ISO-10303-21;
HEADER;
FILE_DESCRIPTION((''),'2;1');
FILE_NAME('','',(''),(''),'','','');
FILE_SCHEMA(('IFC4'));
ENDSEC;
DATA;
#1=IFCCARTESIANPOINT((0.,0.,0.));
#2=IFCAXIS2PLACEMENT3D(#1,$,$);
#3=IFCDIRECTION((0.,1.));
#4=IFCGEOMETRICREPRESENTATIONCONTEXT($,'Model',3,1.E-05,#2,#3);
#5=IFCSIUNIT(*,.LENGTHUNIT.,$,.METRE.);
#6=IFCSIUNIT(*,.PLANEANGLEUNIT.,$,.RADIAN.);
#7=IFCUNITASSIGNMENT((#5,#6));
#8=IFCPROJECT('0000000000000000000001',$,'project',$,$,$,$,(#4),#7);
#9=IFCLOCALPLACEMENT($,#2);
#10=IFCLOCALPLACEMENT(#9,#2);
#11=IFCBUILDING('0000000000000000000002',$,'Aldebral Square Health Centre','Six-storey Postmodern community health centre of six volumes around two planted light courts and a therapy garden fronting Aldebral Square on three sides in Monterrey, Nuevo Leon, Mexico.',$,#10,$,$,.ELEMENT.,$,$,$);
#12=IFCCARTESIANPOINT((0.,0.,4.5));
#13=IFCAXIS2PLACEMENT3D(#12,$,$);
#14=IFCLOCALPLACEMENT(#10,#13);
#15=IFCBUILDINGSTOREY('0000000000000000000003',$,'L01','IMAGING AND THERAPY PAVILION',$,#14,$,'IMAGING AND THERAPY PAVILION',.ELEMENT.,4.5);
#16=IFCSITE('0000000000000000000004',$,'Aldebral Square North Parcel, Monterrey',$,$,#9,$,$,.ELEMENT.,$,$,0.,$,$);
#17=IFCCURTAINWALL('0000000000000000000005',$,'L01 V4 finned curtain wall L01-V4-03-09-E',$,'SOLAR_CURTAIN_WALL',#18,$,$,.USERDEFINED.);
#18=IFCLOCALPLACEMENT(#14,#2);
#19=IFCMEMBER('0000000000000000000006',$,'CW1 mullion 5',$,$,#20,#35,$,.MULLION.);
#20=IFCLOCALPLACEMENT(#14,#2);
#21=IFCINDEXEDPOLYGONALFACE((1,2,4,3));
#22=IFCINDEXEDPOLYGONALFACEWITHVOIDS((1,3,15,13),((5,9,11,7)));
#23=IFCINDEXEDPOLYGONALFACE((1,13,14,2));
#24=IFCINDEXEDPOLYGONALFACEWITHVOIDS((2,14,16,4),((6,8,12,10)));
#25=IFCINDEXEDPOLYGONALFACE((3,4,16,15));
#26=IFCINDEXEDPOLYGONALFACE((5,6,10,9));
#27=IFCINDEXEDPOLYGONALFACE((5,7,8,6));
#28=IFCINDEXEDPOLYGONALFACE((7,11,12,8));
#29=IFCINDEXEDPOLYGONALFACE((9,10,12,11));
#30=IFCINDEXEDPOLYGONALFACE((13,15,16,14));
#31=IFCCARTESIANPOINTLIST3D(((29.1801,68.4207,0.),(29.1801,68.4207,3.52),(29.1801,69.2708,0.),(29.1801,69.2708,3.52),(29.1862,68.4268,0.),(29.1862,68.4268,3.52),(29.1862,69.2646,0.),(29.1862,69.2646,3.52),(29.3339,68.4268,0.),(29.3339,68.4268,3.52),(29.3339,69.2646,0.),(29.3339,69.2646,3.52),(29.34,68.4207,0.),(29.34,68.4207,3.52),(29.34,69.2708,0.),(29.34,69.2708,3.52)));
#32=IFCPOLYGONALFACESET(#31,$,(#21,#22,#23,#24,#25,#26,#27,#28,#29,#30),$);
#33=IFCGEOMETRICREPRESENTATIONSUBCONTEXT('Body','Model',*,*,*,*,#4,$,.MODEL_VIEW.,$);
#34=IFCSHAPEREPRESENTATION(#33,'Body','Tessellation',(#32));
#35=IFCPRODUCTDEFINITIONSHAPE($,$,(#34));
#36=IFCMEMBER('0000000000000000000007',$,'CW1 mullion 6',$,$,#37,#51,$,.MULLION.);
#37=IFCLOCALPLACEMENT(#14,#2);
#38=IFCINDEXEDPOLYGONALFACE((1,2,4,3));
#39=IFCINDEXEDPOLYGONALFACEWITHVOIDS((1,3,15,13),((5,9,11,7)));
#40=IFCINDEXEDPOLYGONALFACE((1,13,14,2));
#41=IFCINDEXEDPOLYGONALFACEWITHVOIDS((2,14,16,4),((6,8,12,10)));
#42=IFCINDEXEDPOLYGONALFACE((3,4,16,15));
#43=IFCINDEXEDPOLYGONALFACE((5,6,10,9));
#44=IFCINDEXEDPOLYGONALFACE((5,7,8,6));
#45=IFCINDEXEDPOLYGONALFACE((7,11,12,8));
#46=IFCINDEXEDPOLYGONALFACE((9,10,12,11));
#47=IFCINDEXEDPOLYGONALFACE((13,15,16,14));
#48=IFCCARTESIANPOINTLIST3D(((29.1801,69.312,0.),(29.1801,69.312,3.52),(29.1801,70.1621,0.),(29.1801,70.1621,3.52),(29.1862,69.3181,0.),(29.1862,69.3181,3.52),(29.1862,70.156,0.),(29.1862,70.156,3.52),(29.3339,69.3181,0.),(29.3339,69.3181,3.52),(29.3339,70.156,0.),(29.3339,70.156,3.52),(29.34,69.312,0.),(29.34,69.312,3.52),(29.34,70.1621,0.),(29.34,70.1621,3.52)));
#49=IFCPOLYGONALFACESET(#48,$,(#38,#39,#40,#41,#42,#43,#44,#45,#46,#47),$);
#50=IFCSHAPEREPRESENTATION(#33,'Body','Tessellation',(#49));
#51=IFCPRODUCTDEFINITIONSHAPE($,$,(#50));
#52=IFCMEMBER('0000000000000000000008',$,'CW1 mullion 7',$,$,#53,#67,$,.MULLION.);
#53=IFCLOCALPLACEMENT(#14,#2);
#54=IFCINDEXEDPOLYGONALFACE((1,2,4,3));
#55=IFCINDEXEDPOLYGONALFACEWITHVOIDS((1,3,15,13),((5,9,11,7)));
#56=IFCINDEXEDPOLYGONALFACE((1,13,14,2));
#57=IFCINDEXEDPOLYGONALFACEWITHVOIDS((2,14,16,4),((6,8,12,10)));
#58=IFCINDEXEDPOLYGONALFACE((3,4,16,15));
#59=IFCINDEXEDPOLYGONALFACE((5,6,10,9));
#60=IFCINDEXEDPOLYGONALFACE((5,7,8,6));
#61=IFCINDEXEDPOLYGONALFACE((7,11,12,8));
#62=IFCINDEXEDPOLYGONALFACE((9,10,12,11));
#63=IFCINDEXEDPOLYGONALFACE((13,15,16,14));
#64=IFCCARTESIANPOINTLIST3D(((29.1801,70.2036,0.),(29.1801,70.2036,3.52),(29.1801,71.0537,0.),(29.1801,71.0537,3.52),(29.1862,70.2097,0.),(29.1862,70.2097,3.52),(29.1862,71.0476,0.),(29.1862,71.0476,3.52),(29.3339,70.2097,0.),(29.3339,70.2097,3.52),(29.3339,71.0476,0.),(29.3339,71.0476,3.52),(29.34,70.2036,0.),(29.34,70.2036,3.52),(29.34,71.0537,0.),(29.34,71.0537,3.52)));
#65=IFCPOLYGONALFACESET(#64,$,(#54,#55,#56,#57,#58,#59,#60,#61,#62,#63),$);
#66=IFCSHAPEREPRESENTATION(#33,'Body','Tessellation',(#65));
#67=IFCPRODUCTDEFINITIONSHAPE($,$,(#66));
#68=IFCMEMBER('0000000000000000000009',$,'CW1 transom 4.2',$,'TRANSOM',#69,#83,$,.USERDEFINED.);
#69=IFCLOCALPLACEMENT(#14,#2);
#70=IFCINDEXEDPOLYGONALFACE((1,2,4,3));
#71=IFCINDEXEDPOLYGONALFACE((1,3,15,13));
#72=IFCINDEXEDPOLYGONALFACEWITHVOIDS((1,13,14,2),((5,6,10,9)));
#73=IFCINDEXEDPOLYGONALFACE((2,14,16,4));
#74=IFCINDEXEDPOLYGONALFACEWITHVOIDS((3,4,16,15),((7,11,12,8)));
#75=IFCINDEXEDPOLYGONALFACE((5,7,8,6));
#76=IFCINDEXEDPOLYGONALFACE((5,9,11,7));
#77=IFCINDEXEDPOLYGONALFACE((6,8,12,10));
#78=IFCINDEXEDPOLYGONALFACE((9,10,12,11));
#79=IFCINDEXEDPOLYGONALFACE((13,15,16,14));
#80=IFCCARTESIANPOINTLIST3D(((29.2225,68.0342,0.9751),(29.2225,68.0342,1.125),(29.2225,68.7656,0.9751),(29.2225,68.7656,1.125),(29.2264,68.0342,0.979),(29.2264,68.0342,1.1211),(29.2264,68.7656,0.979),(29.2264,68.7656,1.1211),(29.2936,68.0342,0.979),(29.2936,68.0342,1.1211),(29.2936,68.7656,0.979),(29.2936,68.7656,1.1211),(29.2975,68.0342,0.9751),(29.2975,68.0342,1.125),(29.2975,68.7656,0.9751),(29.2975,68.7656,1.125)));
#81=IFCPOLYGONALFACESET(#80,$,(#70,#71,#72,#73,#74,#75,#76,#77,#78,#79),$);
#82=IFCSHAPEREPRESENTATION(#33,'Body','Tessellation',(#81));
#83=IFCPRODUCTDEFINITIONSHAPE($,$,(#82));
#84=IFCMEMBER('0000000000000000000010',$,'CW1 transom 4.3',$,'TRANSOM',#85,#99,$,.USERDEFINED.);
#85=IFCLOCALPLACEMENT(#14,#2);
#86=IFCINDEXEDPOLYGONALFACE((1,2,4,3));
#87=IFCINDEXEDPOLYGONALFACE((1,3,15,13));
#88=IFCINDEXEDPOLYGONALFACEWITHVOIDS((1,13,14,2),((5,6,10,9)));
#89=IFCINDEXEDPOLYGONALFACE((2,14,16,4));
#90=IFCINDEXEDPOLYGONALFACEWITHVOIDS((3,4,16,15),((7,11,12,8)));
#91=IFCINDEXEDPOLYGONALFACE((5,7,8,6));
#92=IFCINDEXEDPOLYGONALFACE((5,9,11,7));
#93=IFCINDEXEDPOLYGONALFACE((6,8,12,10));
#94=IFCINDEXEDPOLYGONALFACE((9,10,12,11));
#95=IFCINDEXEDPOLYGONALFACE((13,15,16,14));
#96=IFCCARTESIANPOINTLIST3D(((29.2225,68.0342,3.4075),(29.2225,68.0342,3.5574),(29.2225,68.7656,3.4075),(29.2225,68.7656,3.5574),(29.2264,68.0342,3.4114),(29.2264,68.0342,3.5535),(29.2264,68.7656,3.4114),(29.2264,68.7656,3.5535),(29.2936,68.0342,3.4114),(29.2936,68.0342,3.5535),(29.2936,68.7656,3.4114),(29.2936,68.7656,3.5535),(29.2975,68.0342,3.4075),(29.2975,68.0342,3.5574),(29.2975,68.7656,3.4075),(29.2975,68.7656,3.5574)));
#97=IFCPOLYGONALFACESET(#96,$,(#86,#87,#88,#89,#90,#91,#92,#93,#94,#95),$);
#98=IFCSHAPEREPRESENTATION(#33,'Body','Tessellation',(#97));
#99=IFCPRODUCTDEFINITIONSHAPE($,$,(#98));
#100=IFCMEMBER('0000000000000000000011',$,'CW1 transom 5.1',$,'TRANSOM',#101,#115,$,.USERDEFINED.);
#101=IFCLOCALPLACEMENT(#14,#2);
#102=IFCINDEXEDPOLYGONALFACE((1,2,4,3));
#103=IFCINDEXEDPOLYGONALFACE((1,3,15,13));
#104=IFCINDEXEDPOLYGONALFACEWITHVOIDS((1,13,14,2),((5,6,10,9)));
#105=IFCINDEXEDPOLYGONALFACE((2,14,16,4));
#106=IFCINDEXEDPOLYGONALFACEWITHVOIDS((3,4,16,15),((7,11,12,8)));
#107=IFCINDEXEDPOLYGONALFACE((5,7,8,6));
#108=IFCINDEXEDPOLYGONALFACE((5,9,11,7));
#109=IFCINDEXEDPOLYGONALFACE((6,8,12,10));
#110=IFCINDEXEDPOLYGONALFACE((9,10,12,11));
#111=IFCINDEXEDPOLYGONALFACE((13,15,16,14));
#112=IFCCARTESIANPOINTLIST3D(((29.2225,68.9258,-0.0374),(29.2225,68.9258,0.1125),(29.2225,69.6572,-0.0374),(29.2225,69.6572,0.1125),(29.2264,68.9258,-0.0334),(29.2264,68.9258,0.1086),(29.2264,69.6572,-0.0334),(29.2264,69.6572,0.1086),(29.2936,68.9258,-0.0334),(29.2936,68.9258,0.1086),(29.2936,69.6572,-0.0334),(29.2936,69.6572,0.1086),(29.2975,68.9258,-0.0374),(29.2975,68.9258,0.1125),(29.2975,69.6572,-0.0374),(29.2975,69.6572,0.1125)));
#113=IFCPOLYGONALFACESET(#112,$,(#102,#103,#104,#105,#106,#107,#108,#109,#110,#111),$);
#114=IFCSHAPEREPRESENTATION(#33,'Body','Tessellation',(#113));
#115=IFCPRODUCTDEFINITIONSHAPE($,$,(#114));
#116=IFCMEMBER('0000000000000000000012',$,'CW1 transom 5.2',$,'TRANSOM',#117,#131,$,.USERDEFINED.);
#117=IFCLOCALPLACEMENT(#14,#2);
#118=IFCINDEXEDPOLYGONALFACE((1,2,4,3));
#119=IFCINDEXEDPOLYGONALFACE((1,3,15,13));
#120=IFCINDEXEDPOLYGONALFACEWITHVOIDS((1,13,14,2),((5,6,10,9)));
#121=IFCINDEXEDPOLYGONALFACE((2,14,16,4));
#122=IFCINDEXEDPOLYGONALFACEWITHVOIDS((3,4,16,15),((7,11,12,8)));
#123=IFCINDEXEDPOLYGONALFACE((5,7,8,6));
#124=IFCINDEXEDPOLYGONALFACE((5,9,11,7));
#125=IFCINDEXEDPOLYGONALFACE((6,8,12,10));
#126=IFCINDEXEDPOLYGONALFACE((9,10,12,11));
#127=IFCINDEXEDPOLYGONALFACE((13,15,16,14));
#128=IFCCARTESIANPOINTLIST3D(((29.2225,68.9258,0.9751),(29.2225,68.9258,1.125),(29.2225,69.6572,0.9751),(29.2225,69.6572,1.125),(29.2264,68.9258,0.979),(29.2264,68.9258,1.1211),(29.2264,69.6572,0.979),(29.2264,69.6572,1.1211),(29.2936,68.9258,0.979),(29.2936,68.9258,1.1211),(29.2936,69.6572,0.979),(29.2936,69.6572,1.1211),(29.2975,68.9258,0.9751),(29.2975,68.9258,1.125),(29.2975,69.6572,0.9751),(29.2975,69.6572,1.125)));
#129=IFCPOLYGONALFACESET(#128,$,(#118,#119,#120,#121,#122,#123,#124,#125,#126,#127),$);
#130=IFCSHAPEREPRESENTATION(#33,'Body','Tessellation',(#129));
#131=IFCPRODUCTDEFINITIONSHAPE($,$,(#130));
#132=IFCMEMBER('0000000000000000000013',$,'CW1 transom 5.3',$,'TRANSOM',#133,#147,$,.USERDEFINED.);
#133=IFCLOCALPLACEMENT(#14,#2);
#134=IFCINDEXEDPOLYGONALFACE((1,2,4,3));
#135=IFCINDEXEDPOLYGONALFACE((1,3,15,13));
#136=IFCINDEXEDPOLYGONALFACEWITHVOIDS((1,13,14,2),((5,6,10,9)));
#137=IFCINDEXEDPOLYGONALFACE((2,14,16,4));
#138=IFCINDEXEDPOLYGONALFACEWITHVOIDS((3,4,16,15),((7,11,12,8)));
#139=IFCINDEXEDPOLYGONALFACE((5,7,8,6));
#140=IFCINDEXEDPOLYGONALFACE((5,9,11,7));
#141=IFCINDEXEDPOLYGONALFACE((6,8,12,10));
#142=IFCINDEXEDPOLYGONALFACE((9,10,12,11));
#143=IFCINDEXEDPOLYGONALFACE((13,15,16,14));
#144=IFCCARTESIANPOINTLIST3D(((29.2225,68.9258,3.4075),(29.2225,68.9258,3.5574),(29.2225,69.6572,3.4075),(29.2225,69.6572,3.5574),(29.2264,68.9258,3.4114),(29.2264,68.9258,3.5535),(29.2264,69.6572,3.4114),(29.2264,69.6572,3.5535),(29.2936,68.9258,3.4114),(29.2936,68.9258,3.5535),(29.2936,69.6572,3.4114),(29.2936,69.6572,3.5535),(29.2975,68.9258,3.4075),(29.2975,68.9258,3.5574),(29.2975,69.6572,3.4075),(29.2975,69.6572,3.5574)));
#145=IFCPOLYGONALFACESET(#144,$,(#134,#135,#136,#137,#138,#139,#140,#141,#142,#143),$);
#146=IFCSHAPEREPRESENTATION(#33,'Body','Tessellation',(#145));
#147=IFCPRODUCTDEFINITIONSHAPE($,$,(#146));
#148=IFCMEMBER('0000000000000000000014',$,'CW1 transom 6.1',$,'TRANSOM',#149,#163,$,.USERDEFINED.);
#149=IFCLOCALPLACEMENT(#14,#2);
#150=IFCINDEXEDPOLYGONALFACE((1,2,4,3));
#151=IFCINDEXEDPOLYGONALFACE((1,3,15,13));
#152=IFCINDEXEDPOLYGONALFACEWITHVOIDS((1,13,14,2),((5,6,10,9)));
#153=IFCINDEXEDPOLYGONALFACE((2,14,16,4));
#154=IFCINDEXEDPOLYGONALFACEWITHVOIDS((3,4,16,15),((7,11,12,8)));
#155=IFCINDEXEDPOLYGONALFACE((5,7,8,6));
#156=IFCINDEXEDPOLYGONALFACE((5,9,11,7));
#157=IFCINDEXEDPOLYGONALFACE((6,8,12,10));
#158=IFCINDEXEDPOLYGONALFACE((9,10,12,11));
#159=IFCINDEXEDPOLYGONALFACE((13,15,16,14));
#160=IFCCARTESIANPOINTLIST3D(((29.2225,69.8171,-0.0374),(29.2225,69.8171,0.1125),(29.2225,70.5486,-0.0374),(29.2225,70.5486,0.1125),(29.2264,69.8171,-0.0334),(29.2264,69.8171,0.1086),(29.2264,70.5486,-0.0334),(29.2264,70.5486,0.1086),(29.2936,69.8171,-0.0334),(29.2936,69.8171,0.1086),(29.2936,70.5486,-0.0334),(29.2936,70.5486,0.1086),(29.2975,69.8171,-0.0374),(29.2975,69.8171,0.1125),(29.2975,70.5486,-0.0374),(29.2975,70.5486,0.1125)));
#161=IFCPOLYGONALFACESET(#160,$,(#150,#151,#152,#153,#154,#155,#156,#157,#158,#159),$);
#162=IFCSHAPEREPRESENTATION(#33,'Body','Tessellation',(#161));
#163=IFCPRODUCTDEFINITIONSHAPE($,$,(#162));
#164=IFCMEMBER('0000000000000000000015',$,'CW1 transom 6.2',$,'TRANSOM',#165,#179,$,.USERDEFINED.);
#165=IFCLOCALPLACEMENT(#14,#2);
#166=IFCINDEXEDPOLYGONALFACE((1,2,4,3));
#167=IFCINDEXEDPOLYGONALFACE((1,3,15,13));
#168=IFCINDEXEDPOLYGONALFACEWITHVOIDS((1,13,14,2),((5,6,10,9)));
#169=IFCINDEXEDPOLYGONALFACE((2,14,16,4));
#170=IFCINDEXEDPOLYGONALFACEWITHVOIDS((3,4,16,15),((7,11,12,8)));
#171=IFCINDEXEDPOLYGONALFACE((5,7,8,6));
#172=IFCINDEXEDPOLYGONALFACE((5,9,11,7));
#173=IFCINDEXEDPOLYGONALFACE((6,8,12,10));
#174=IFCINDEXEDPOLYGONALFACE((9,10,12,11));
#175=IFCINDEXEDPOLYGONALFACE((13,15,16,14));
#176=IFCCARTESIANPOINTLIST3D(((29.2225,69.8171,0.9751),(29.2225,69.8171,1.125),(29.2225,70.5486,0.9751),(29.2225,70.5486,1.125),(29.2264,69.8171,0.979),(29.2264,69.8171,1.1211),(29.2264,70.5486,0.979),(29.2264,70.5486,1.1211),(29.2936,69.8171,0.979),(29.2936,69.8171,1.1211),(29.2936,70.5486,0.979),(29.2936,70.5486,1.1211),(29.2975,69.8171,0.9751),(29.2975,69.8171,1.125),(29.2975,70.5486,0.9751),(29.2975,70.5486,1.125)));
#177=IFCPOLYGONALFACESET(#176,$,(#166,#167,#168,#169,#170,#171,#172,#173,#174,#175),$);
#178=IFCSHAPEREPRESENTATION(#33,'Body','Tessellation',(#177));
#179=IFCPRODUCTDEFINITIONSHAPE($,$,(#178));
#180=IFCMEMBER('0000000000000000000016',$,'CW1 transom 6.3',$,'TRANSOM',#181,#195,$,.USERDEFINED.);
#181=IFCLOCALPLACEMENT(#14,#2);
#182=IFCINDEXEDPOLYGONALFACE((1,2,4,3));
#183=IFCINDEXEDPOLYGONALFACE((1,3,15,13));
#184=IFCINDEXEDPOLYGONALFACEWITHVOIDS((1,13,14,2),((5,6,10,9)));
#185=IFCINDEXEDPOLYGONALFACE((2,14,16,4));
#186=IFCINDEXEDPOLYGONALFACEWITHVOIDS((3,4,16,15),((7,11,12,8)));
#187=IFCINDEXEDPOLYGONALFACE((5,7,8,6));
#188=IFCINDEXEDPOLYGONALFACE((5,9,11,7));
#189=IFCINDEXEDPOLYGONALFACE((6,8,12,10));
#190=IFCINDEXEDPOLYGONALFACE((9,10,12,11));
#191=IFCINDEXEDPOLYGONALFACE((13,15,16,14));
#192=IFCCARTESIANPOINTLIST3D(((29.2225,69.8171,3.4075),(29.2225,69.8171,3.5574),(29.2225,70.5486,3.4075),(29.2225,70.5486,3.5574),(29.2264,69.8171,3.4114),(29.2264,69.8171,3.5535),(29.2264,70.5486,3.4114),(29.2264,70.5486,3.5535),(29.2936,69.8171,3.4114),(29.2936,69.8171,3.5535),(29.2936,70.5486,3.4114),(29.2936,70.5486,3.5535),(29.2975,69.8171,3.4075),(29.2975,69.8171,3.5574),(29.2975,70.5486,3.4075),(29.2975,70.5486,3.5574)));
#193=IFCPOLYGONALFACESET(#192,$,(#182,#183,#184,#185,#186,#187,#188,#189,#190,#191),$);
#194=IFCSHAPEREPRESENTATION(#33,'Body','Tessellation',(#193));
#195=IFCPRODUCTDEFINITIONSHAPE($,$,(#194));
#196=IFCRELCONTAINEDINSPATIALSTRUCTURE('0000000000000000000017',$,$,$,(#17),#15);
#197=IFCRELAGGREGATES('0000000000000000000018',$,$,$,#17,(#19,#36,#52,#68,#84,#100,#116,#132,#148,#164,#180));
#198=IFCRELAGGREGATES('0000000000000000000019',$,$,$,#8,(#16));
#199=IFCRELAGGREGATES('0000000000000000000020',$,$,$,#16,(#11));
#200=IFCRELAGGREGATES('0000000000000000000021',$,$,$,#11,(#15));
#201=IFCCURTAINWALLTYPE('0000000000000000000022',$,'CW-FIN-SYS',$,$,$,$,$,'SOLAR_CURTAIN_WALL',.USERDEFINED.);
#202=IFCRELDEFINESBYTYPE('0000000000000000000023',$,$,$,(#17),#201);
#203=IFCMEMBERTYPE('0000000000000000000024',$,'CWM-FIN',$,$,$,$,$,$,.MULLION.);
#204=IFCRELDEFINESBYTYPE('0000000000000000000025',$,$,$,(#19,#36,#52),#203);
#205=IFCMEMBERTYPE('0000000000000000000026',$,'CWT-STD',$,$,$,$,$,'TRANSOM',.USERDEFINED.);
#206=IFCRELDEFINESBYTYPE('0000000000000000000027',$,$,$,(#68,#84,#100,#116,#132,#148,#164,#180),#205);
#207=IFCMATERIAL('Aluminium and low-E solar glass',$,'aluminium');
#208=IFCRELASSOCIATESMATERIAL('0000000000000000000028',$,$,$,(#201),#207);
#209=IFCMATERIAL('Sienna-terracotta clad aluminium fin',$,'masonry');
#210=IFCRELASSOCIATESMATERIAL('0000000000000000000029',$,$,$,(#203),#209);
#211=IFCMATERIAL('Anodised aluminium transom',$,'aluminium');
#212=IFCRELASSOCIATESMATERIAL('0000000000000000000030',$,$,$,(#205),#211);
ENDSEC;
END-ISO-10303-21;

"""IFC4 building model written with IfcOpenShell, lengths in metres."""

from ifc_helpers import new_model, si_unit, direction, frame, origin, origin_2d, place, context, subcontext, project, spatial, hollow_rectangle, extrude, material, material_profile, profile_set, type_object, element, aggregate, save


model = new_model("IFC4")

# Units and contexts
model_context = context("Model", 3, precision=1e-05, world=origin(), true_north=direction((0.0, 1.0)))
body_context = subcontext(model_context, "Body", "Model", "MODEL_VIEW")
ifc_project = project(units=[si_unit("LENGTHUNIT", "METRE"), si_unit("PLANEANGLEUNIT", "RADIAN")], contexts=[model_context])

# Site, building, storey
site_placement = place(None, origin())
site = spatial("IfcSite", under=ifc_project, at=site_placement, Name="Aldebral Square North Parcel, Monterrey", CompositionType="ELEMENT", RefElevation=0.0)
building_placement = place(site_placement, origin())
building = spatial("IfcBuilding", under=site, at=building_placement, Name="Aldebral Square Health Centre", Description="Six-storey Postmodern community health centre of six volumes around two planted light courts and a therapy garden fronting Aldebral Square on three sides in Monterrey, Nuevo Leon, Mexico.", CompositionType="ELEMENT")
storey_placement = place(building_placement, frame((0.0, 0.0, 4.5)))
storey = spatial("IfcBuildingStorey", under=building, at=storey_placement, Name="L01", Description="IMAGING AND THERAPY PAVILION", LongName="IMAGING AND THERAPY PAVILION", CompositionType="ELEMENT", Elevation=4.5)

# Curtain wall, members
ifc_material_1 = material(Name="Aluminium and low-E solar glass", Category="aluminium")
curtain_wall_type = type_object("IfcCurtainWallType", Name="CW-FIN-SYS", ElementType="SOLAR_CURTAIN_WALL", PredefinedType="USERDEFINED", material=ifc_material_1)
curtain_wall_placement = place(storey_placement, origin())
curtain_wall = element("IfcCurtainWall", 1, at=curtain_wall_placement, inside=storey, type_object=curtain_wall_type, Name="L01 V4 finned curtain wall L01-V4-03-09-E", ObjectType="SOLAR_CURTAIN_WALL", PredefinedType="USERDEFINED")
ifc_material_2 = material(Name="Sienna-terracotta clad aluminium fin", Category="masonry")
ifc_material_profile_1 = material_profile(ifc_material_2, hollow_rectangle(XDim=0.1599, YDim=0.8501, WallThickness=0.0061, at=origin_2d()), Name="FIN 160x850x6")
ifc_profile_set_1 = profile_set([ifc_material_profile_1], Name="Sienna-terracotta clad aluminium fin")
member_type_1 = type_object("IfcMemberType", Name="CWM-FIN", PredefinedType="MULLION", material=ifc_profile_set_1)
member_1_placement = place(storey_placement, frame((29.26, 68.8457, 0.0), z_axis=(0.0, 0.0, 1.0), x_axis=(-1.0, 0.0, 0.0)))
member_1 = element("IfcMember", 2, at=member_1_placement, type_object=member_type_1, Name="CW1 mullion 5", PredefinedType="MULLION", context=body_context, shape_type="SweptSolid", body=[
    extrude(hollow_rectangle(XDim=0.1599, YDim=0.8501, WallThickness=0.0061, at=origin_2d()), origin(), (0.0, 0.0, 1.0), 3.52),
])
member_2_placement = place(storey_placement, frame((29.26, 69.7371, 0.0), z_axis=(0.0, 0.0, 1.0), x_axis=(-1.0, 0.0, 0.0)))
member_2 = element("IfcMember", 3, at=member_2_placement, type_object=member_type_1, Name="CW1 mullion 6", PredefinedType="MULLION", context=body_context, shape_type="SweptSolid", body=[
    extrude(hollow_rectangle(XDim=0.1599, YDim=0.8501, WallThickness=0.0061, at=origin_2d()), origin(), (0.0, 0.0, 1.0), 3.52),
])
member_3_placement = place(storey_placement, frame((29.26, 70.6287, 0.0), z_axis=(0.0, 0.0, 1.0), x_axis=(-1.0, 0.0, 0.0)))
member_3 = element("IfcMember", 4, at=member_3_placement, type_object=member_type_1, Name="CW1 mullion 7", PredefinedType="MULLION", context=body_context, shape_type="SweptSolid", body=[
    extrude(hollow_rectangle(XDim=0.1599, YDim=0.8501, WallThickness=0.0061, at=origin_2d()), origin(), (0.0, 0.0, 1.0), 3.52),
])
ifc_material_3 = material(Name="Anodised aluminium transom", Category="aluminium")
ifc_material_profile_2 = material_profile(ifc_material_3, hollow_rectangle(XDim=0.075, YDim=0.1499, WallThickness=0.0039, at=origin_2d()), Name="CWT 75x150x4")
ifc_profile_set_2 = profile_set([ifc_material_profile_2], Name="Anodised aluminium transom")
member_type_2 = type_object("IfcMemberType", Name="CWT-STD", ElementType="TRANSOM", PredefinedType="USERDEFINED", material=ifc_profile_set_2)
member_4_placement = place(storey_placement, frame((29.26, 68.0342, 1.05), z_axis=(0.0, 1.0, 0.0), x_axis=(-1.0, 0.0, 0.0)))
member_4 = element("IfcMember", 5, at=member_4_placement, type_object=member_type_2, Name="CW1 transom 4.2", ObjectType="TRANSOM", PredefinedType="USERDEFINED", context=body_context, shape_type="SweptSolid", body=[
    extrude(hollow_rectangle(XDim=0.075, YDim=0.1499, WallThickness=0.0039, at=origin_2d()), origin(), (0.0, 0.0, 1.0), 0.7314),
])
member_5_placement = place(storey_placement, frame((29.26, 68.0342, 3.4824), z_axis=(0.0, 1.0, 0.0), x_axis=(-1.0, 0.0, 0.0)))
member_5 = element("IfcMember", 6, at=member_5_placement, type_object=member_type_2, Name="CW1 transom 4.3", ObjectType="TRANSOM", PredefinedType="USERDEFINED", context=body_context, shape_type="SweptSolid", body=[
    extrude(hollow_rectangle(XDim=0.075, YDim=0.1499, WallThickness=0.0039, at=origin_2d()), origin(), (0.0, 0.0, 1.0), 0.7314),
])
member_6_placement = place(storey_placement, frame((29.26, 68.9258, 0.0376), z_axis=(0.0, 1.0, 0.0), x_axis=(-1.0, 0.0, 0.0)))
member_6 = element("IfcMember", 7, at=member_6_placement, type_object=member_type_2, Name="CW1 transom 5.1", ObjectType="TRANSOM", PredefinedType="USERDEFINED", context=body_context, shape_type="SweptSolid", body=[
    extrude(hollow_rectangle(XDim=0.075, YDim=0.1499, WallThickness=0.0039, at=origin_2d()), origin(), (0.0, 0.0, 1.0), 0.7314),
])
member_7_placement = place(storey_placement, frame((29.26, 68.9258, 1.05), z_axis=(0.0, 1.0, 0.0), x_axis=(-1.0, 0.0, 0.0)))
member_7 = element("IfcMember", 8, at=member_7_placement, type_object=member_type_2, Name="CW1 transom 5.2", ObjectType="TRANSOM", PredefinedType="USERDEFINED", context=body_context, shape_type="SweptSolid", body=[
    extrude(hollow_rectangle(XDim=0.075, YDim=0.1499, WallThickness=0.0039, at=origin_2d()), origin(), (0.0, 0.0, 1.0), 0.7314),
])
member_8_placement = place(storey_placement, frame((29.26, 68.9258, 3.4824), z_axis=(0.0, 1.0, 0.0), x_axis=(-1.0, 0.0, 0.0)))
member_8 = element("IfcMember", 9, at=member_8_placement, type_object=member_type_2, Name="CW1 transom 5.3", ObjectType="TRANSOM", PredefinedType="USERDEFINED", context=body_context, shape_type="SweptSolid", body=[
    extrude(hollow_rectangle(XDim=0.075, YDim=0.1499, WallThickness=0.0039, at=origin_2d()), origin(), (0.0, 0.0, 1.0), 0.7314),
])
member_9_placement = place(storey_placement, frame((29.26, 69.8171, 0.0376), z_axis=(0.0, 1.0, 0.0), x_axis=(-1.0, 0.0, 0.0)))
member_9 = element("IfcMember", 10, at=member_9_placement, type_object=member_type_2, Name="CW1 transom 6.1", ObjectType="TRANSOM", PredefinedType="USERDEFINED", context=body_context, shape_type="SweptSolid", body=[
    extrude(hollow_rectangle(XDim=0.075, YDim=0.1499, WallThickness=0.0039, at=origin_2d()), origin(), (0.0, 0.0, 1.0), 0.7314),
])
member_10_placement = place(storey_placement, frame((29.26, 69.8171, 1.05), z_axis=(0.0, 1.0, 0.0), x_axis=(-1.0, 0.0, 0.0)))
member_10 = element("IfcMember", 11, at=member_10_placement, type_object=member_type_2, Name="CW1 transom 6.2", ObjectType="TRANSOM", PredefinedType="USERDEFINED", context=body_context, shape_type="SweptSolid", body=[
    extrude(hollow_rectangle(XDim=0.075, YDim=0.1499, WallThickness=0.0039, at=origin_2d()), origin(), (0.0, 0.0, 1.0), 0.7314),
])
member_11_placement = place(storey_placement, frame((29.26, 69.8171, 3.4824), z_axis=(0.0, 1.0, 0.0), x_axis=(-1.0, 0.0, 0.0)))
member_11 = element("IfcMember", 12, at=member_11_placement, type_object=member_type_2, Name="CW1 transom 6.3", ObjectType="TRANSOM", PredefinedType="USERDEFINED", context=body_context, shape_type="SweptSolid", body=[
    extrude(hollow_rectangle(XDim=0.075, YDim=0.1499, WallThickness=0.0039, at=origin_2d()), origin(), (0.0, 0.0, 1.0), 0.7314),
])
aggregate(curtain_wall, [member_1, member_2, member_3, member_4, member_5, member_6, member_7, member_8, member_9, member_10, member_11])

save(model, "model.ifc")
